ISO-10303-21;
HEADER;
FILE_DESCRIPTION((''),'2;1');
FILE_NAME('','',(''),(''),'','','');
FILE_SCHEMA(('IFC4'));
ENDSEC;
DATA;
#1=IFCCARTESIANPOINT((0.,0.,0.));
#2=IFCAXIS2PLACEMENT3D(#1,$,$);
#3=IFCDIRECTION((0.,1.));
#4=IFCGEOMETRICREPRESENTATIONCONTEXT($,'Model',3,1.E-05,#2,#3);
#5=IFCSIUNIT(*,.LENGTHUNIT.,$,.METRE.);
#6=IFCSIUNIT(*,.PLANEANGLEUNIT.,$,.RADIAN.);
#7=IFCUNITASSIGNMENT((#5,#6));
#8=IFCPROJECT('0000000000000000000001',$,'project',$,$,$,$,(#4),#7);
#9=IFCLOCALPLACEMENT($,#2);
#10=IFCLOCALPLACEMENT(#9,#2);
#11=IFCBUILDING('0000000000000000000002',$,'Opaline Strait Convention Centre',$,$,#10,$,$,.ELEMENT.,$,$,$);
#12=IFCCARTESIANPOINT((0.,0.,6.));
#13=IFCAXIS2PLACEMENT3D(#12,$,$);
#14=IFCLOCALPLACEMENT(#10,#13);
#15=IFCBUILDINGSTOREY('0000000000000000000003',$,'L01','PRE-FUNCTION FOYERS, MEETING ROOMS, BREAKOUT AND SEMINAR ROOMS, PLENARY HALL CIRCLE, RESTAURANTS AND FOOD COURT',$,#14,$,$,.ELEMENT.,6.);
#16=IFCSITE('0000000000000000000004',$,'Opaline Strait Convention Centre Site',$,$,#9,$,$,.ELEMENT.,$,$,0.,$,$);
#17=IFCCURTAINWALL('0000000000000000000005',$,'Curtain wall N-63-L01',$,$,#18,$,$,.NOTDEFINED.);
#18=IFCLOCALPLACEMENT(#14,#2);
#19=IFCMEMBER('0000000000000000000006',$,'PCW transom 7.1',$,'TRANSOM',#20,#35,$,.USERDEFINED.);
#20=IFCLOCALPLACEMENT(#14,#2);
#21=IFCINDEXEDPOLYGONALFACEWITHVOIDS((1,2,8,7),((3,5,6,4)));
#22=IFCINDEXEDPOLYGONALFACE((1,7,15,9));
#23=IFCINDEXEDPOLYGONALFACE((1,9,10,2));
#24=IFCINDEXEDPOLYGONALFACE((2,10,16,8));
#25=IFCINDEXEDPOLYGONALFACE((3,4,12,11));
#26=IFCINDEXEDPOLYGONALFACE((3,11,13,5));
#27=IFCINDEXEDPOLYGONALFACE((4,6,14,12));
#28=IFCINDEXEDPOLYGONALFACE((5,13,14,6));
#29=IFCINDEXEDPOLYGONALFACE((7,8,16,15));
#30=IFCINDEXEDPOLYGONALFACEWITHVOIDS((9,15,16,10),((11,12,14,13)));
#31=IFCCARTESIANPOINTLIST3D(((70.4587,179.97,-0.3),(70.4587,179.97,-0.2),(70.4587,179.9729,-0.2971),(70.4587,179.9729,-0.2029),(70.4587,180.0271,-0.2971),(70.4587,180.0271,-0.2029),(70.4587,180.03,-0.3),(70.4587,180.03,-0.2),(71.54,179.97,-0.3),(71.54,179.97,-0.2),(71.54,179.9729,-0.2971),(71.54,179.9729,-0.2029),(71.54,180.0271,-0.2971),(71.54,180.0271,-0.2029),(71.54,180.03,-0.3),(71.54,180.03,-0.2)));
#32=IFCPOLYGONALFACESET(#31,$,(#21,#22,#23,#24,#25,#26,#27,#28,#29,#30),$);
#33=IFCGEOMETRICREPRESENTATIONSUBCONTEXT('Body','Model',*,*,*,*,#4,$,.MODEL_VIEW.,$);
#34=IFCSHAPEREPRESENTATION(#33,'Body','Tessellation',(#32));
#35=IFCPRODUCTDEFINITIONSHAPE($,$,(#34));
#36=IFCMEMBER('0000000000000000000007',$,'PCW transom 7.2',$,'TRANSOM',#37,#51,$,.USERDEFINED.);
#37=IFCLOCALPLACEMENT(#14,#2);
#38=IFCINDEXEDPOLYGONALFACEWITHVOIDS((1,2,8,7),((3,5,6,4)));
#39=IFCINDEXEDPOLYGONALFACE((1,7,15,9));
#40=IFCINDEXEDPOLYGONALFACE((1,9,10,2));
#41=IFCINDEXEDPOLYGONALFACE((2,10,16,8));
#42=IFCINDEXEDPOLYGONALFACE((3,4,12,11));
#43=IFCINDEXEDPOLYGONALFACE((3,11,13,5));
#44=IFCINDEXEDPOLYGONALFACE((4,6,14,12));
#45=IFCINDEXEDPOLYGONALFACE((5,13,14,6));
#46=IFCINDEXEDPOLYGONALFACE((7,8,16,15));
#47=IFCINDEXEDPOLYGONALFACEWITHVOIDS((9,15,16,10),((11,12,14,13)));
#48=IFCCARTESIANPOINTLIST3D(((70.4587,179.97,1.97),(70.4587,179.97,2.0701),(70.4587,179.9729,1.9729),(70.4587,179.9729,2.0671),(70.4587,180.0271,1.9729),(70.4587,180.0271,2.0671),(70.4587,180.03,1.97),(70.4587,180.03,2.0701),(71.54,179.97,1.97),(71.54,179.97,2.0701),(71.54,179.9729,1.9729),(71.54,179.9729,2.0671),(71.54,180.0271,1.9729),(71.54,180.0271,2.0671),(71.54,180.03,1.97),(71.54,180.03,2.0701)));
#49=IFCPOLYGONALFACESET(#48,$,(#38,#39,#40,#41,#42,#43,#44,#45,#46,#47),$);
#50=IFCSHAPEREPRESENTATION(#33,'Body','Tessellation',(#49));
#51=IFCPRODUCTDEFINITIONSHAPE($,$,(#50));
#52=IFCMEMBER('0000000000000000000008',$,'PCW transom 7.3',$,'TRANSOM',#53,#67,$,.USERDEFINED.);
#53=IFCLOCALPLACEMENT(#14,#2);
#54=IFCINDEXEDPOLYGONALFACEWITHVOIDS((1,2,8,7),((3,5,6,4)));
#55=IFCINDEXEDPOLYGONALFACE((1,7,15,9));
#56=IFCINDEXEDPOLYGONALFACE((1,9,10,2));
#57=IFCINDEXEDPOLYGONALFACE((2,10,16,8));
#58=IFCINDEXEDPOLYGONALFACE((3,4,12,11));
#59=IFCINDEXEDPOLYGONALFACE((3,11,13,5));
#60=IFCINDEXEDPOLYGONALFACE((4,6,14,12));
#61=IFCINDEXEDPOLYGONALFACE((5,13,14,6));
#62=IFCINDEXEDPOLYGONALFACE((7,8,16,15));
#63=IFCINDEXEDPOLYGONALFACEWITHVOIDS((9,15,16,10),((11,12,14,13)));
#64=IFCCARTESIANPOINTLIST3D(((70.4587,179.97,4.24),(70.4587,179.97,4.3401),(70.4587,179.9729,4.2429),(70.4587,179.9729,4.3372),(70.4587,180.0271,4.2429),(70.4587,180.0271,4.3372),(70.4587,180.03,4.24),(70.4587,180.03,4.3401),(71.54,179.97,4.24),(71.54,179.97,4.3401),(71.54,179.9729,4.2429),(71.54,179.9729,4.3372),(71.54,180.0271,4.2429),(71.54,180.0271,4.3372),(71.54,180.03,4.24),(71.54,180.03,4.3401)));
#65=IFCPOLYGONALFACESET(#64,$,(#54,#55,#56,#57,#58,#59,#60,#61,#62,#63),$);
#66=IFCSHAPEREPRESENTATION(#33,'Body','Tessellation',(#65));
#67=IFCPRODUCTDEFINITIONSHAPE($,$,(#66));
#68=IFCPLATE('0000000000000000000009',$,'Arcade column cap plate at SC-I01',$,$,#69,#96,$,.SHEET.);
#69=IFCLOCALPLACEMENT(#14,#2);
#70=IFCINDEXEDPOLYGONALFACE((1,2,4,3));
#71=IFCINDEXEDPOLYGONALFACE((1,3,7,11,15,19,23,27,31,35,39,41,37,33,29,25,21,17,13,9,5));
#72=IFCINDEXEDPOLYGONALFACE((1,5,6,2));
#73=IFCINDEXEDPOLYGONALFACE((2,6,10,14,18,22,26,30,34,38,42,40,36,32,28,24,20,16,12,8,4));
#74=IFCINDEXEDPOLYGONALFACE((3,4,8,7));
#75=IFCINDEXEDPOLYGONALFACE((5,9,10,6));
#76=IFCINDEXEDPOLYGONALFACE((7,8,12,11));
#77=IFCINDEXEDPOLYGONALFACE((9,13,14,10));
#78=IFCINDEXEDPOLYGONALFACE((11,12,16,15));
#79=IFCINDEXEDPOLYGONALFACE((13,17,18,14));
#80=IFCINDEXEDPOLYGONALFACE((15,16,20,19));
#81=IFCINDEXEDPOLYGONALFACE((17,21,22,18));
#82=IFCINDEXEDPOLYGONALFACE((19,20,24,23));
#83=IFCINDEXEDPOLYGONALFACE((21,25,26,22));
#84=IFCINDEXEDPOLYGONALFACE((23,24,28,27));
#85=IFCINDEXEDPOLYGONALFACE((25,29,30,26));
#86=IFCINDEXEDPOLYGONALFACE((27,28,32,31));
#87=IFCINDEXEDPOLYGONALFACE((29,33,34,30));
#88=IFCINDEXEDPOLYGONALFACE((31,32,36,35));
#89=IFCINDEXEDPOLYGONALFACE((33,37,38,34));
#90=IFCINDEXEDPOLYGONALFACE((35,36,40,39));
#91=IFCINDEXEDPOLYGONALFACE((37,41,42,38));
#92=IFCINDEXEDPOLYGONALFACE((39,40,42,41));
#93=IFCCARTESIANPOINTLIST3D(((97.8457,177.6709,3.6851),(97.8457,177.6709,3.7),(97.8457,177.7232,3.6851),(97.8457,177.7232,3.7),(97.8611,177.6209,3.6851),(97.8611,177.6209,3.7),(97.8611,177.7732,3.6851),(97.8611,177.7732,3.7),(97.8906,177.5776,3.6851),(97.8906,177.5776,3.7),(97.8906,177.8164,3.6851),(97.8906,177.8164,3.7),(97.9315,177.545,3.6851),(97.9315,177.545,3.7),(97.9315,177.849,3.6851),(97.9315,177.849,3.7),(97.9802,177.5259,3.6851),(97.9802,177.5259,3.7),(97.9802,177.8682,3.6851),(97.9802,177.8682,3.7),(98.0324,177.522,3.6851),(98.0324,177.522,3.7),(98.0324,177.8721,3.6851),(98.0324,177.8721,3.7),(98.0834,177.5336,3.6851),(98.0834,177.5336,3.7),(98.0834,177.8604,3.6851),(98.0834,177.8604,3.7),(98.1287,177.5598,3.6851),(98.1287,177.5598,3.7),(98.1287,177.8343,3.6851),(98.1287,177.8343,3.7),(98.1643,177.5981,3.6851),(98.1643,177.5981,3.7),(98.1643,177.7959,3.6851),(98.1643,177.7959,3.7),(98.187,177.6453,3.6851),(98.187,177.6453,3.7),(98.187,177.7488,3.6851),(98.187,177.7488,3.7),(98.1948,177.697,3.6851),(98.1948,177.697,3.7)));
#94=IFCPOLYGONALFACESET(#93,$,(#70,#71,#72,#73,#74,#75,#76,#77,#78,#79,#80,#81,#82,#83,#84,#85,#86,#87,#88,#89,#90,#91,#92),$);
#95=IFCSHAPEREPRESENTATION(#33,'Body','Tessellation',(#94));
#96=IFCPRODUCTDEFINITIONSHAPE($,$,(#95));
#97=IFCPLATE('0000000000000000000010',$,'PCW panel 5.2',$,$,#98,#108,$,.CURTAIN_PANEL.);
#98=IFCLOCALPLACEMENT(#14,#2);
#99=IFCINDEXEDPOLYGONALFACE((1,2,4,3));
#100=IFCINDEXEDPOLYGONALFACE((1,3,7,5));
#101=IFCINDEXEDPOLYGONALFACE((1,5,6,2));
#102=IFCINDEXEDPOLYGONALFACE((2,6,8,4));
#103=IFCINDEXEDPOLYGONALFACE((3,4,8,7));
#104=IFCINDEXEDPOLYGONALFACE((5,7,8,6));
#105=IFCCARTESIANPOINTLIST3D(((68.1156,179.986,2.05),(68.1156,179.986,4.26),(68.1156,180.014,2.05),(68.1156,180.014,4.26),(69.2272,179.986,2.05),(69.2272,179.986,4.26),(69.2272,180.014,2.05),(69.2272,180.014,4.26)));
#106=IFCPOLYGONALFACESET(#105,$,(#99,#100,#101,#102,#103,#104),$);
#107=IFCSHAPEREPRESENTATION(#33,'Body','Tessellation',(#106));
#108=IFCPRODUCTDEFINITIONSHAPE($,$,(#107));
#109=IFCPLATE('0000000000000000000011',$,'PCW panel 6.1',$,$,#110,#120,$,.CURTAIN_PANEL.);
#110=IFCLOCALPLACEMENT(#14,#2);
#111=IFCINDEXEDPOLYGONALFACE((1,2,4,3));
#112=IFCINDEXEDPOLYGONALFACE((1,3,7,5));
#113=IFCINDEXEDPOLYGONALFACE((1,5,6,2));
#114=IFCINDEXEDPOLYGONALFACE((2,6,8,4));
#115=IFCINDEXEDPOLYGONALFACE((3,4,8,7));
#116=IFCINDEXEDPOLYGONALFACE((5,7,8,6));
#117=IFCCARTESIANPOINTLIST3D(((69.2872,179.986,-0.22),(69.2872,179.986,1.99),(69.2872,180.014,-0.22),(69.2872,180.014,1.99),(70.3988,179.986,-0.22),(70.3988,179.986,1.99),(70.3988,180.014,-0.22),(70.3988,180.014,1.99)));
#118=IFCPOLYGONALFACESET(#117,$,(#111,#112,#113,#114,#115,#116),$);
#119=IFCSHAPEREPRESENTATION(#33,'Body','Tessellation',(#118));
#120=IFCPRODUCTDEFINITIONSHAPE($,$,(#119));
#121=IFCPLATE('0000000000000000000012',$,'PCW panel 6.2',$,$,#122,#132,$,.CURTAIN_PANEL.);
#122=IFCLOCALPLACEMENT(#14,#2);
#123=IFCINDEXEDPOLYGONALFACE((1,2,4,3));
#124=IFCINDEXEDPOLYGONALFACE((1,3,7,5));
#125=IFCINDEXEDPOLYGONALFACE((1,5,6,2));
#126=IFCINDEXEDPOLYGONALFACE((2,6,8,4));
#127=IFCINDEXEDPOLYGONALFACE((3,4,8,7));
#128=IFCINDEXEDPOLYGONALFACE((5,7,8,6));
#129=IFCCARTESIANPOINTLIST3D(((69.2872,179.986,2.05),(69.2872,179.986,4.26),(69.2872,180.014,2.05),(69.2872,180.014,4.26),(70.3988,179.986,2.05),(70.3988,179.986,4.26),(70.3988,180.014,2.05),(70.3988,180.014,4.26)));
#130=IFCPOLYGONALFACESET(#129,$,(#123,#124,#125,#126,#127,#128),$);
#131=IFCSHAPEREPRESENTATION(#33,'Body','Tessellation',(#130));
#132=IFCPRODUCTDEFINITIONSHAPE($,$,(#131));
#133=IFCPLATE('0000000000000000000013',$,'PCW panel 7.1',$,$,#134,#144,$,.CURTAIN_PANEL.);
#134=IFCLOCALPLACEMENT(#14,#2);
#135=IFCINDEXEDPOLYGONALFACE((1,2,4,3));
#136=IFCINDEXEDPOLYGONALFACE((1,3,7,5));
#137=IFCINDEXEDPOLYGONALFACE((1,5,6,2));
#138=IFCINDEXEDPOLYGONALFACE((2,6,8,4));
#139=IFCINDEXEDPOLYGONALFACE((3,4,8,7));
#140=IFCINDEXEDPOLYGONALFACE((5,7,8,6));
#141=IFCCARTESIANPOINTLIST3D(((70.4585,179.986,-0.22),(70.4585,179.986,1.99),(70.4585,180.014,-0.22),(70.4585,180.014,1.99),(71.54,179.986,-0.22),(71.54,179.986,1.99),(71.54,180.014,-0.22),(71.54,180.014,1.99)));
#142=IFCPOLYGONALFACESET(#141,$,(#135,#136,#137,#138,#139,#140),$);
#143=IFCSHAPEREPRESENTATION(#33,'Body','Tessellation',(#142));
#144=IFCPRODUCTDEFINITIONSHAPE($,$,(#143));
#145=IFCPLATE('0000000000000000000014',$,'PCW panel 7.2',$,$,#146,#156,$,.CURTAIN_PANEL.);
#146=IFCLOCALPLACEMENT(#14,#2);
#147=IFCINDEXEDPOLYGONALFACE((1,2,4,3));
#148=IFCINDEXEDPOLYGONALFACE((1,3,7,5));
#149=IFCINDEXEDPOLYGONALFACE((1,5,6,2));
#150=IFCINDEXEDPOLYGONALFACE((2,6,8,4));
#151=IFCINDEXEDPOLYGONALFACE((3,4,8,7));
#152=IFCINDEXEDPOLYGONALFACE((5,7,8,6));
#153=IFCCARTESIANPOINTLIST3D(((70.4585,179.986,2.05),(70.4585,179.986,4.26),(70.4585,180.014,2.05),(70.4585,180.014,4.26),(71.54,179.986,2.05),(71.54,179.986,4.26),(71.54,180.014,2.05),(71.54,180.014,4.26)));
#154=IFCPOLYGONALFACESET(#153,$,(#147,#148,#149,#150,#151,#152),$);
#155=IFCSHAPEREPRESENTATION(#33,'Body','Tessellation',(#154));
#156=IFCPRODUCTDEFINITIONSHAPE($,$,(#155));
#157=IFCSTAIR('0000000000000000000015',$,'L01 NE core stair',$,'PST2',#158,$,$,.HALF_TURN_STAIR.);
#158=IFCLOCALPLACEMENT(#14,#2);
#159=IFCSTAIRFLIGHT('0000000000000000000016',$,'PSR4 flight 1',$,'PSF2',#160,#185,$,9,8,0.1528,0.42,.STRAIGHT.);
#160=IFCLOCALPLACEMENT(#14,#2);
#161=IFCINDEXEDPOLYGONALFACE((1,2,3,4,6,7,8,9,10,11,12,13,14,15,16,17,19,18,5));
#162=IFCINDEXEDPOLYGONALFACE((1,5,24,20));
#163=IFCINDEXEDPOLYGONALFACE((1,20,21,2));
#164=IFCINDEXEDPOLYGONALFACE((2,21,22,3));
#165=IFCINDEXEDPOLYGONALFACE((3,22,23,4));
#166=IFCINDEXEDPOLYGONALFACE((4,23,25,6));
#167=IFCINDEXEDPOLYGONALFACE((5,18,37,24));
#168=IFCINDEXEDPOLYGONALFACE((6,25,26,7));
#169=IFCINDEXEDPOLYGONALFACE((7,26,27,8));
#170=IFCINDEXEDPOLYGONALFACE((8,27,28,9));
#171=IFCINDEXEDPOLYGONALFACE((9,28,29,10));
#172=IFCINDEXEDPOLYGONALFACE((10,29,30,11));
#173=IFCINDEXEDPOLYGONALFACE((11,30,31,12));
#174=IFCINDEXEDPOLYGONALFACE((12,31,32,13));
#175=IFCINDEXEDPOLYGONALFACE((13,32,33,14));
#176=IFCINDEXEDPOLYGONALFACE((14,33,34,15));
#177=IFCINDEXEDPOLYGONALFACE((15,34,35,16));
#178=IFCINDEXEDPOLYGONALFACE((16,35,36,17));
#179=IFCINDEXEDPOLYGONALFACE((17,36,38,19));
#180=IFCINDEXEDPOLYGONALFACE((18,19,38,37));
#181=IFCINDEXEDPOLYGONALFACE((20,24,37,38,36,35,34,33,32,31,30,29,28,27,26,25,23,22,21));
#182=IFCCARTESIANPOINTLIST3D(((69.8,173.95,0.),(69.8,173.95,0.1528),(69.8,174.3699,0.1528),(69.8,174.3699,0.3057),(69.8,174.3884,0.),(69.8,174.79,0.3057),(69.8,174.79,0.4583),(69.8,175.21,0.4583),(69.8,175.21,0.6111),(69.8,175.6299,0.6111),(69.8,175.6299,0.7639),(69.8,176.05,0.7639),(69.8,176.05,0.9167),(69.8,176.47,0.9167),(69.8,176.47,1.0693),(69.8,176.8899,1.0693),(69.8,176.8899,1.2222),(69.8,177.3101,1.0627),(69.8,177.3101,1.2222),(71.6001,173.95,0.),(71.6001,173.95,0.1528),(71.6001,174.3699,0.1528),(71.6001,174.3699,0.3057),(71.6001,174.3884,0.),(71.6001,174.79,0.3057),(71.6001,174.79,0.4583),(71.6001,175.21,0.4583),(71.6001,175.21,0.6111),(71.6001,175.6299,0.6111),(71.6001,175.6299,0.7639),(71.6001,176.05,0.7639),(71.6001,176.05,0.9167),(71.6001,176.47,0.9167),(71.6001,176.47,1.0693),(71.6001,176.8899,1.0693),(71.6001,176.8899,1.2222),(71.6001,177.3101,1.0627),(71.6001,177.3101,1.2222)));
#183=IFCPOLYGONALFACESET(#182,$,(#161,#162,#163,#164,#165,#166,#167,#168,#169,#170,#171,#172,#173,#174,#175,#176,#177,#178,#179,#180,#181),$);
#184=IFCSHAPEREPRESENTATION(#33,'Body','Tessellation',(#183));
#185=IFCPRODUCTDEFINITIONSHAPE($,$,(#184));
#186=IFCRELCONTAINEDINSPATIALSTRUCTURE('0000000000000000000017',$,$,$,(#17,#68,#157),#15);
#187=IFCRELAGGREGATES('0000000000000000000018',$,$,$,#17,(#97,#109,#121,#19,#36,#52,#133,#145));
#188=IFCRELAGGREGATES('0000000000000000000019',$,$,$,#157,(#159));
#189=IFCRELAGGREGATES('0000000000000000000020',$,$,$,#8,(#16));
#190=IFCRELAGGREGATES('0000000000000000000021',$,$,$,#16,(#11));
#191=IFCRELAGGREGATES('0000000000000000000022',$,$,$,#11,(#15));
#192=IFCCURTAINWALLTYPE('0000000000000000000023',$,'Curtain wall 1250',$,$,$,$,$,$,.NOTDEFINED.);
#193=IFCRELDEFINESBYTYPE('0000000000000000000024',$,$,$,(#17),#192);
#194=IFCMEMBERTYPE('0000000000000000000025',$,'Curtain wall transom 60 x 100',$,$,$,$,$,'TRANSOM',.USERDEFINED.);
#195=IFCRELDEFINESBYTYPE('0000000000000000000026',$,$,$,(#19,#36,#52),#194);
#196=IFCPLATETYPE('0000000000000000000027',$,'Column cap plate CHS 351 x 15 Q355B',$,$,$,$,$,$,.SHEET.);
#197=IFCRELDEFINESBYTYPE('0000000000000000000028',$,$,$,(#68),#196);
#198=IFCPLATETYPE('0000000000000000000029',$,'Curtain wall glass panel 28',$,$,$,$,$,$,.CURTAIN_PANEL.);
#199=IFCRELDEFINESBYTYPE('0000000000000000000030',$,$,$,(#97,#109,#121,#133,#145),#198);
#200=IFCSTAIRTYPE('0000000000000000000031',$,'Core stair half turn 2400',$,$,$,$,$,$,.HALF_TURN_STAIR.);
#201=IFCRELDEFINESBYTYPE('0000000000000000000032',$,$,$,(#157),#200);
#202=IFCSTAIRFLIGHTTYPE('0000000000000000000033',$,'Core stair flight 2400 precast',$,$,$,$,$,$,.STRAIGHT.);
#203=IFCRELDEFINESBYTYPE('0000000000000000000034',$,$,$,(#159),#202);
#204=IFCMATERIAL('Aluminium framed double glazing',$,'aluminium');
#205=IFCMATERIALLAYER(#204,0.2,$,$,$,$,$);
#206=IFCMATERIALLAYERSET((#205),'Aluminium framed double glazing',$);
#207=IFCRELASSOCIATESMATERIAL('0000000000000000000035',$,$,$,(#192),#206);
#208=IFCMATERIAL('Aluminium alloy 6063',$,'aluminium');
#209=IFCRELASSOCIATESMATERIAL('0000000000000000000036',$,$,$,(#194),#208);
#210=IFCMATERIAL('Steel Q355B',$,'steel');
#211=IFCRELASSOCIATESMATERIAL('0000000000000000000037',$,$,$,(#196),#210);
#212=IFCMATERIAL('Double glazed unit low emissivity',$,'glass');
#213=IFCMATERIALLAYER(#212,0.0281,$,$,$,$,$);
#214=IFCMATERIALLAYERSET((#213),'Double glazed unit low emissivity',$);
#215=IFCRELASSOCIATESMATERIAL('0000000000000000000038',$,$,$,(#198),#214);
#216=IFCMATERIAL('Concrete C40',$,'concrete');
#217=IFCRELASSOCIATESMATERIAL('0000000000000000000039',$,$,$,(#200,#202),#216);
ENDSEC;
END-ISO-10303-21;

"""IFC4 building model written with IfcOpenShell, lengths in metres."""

from ifc_helpers import new_model, si_unit, direction, frame, origin, origin_2d, place, context, subcontext, project, spatial, polyline, rectangle, hollow_rectangle, circle, outline, extrude, material, layer, layer_set, material_profile, profile_set, type_object, element, aggregate, save


model = new_model("IFC4")

# Units and contexts
model_context = context("Model", 3, precision=1e-05, world=origin(), true_north=direction((0.0, 1.0)))
body_context = subcontext(model_context, "Body", "Model", "MODEL_VIEW")
ifc_project = project(units=[si_unit("LENGTHUNIT", "METRE"), si_unit("PLANEANGLEUNIT", "RADIAN")], contexts=[model_context])

# Site, building, storey
site_placement = place(None, origin())
site = spatial("IfcSite", under=ifc_project, at=site_placement, Name="Opaline Strait Convention Centre Site", CompositionType="ELEMENT", RefElevation=0.0)
building_placement = place(site_placement, origin())
building = spatial("IfcBuilding", under=site, at=building_placement, Name="Opaline Strait Convention Centre", CompositionType="ELEMENT")
storey_placement = place(building_placement, frame((0.0, 0.0, 6.0)))
storey = spatial("IfcBuildingStorey", under=building, at=storey_placement, Name="L01", Description="PRE-FUNCTION FOYERS, MEETING ROOMS, BREAKOUT AND SEMINAR ROOMS, PLENARY HALL CIRCLE, RESTAURANTS AND FOOD COURT", CompositionType="ELEMENT", Elevation=6.0)

# Shared definitions
ifc_material_1 = material(Name="Steel Q355B", Category="steel")
ifc_material_2 = material(Name="Concrete C40", Category="concrete")

# Curtain wall, members
ifc_material_3 = material(Name="Aluminium framed double glazing", Category="aluminium")
ifc_layer_1 = layer(ifc_material_3, 0.2)
ifc_layer_set_1 = layer_set([ifc_layer_1], Name="Aluminium framed double glazing")
curtain_wall_type = type_object("IfcCurtainWallType", Name="Curtain wall 1250", PredefinedType="NOTDEFINED", material=ifc_layer_set_1)
curtain_wall_placement = place(storey_placement, origin())
curtain_wall = element("IfcCurtainWall", 1, at=curtain_wall_placement, inside=storey, type_object=curtain_wall_type, Name="Curtain wall N-63-L01", PredefinedType="NOTDEFINED")
ifc_material_4 = material(Name="Aluminium alloy 6063", Category="aluminium")
ifc_material_profile_1 = material_profile(ifc_material_4, hollow_rectangle(XDim=0.0601, YDim=0.1001, WallThickness=0.0029, at=origin_2d()), Name="TRANSOM 60x100x3")
ifc_profile_set_1 = profile_set([ifc_material_profile_1], Name="Aluminium alloy 6063")
member_type_1 = type_object("IfcMemberType", Name="Curtain wall transom 60 x 100", ElementType="TRANSOM", PredefinedType="USERDEFINED", material=ifc_profile_set_1)
member_1_placement = place(storey_placement, frame((70.4587, 180.0, -0.25), z_axis=(1.0, 0.0, 0.0), x_axis=(0.0, 1.0, 0.0)))
member_1 = element("IfcMember", 2, at=member_1_placement, type_object=member_type_1, Name="PCW transom 7.1", ObjectType="TRANSOM", PredefinedType="USERDEFINED", context=body_context, shape_type="SweptSolid", body=[
    extrude(hollow_rectangle(XDim=0.0601, YDim=0.1001, WallThickness=0.0029, at=origin_2d()), origin(), (0.0, 0.0, 1.0), 1.0813),
])
member_2_placement = place(storey_placement, frame((70.4587, 180.0, 2.02), z_axis=(1.0, 0.0, 0.0), x_axis=(0.0, 1.0, 0.0)))
member_2 = element("IfcMember", 3, at=member_2_placement, type_object=member_type_1, Name="PCW transom 7.2", ObjectType="TRANSOM", PredefinedType="USERDEFINED", context=body_context, shape_type="SweptSolid", body=[
    extrude(hollow_rectangle(XDim=0.0601, YDim=0.1001, WallThickness=0.0029, at=origin_2d()), origin(), (0.0, 0.0, 1.0), 1.0813),
])
member_3_placement = place(storey_placement, frame((70.4587, 180.0, 4.29), z_axis=(1.0, 0.0, 0.0), x_axis=(0.0, 1.0, 0.0)))
member_3 = element("IfcMember", 4, at=member_3_placement, type_object=member_type_1, Name="PCW transom 7.3", ObjectType="TRANSOM", PredefinedType="USERDEFINED", context=body_context, shape_type="SweptSolid", body=[
    extrude(hollow_rectangle(XDim=0.0601, YDim=0.1001, WallThickness=0.0029, at=origin_2d()), origin(), (0.0, 0.0, 1.0), 1.0813),
])

# Plates
ifc_material_profile_2 = material_profile(ifc_material_1, circle(Radius=0.1755, at=origin_2d()), Name="D351")
ifc_profile_set_2 = profile_set([ifc_material_profile_2], Name="Steel Q355B")
plate_type_1 = type_object("IfcPlateType", Name="Column cap plate CHS 351 x 15 Q355B", PredefinedType="SHEET", material=ifc_profile_set_2)
plate_1_placement = place(storey_placement, frame((98.0193, 177.697, 3.6851), z_axis=(0.0, 0.0, 1.0), x_axis=(1.0, 0.0, 0.0)))
element("IfcPlate", 5, at=plate_1_placement, inside=storey, type_object=plate_type_1, Name="Arcade column cap plate at SC-I01", PredefinedType="SHEET", context=body_context, shape_type="SweptSolid", body=[
    extrude(circle(Radius=0.1755, at=origin_2d()), origin(), (0.0, 0.0, 1.0), 0.0149),
])
ifc_material_5 = material(Name="Double glazed unit low emissivity", Category="glass")
ifc_layer_2 = layer(ifc_material_5, 0.0281)
ifc_layer_set_2 = layer_set([ifc_layer_2], Name="Double glazed unit low emissivity")
plate_type_2 = type_object("IfcPlateType", Name="Curtain wall glass panel 28", PredefinedType="CURTAIN_PANEL", material=ifc_layer_set_2)
plate_2_placement = place(storey_placement, frame((68.6714, 180.0, 2.05), z_axis=(0.0, 0.0, 1.0), x_axis=(1.0, 0.0, 0.0)))
plate_2 = element("IfcPlate", 6, at=plate_2_placement, type_object=plate_type_2, Name="PCW panel 5.2", PredefinedType="CURTAIN_PANEL", context=body_context, shape_type="SweptSolid", body=[
    extrude(rectangle(XDim=1.1116, YDim=0.0281, at=origin_2d()), origin(), (0.0, 0.0, 1.0), 2.21),
])
plate_3_placement = place(storey_placement, frame((69.843, 180.0, -0.22), z_axis=(0.0, 0.0, 1.0), x_axis=(1.0, 0.0, 0.0)))
plate_3 = element("IfcPlate", 7, at=plate_3_placement, type_object=plate_type_2, Name="PCW panel 6.1", PredefinedType="CURTAIN_PANEL", context=body_context, shape_type="SweptSolid", body=[
    extrude(rectangle(XDim=1.1116, YDim=0.0281, at=origin_2d()), origin(), (0.0, 0.0, 1.0), 2.21),
])
plate_4_placement = place(storey_placement, frame((69.843, 180.0, 2.05), z_axis=(0.0, 0.0, 1.0), x_axis=(1.0, 0.0, 0.0)))
plate_4 = element("IfcPlate", 8, at=plate_4_placement, type_object=plate_type_2, Name="PCW panel 6.2", PredefinedType="CURTAIN_PANEL", context=body_context, shape_type="SweptSolid", body=[
    extrude(rectangle(XDim=1.1116, YDim=0.0281, at=origin_2d()), origin(), (0.0, 0.0, 1.0), 2.21),
])
plate_5_placement = place(storey_placement, frame((70.9993, 180.0, -0.22), z_axis=(0.0, 0.0, 1.0), x_axis=(1.0, 0.0, 0.0)))
plate_5 = element("IfcPlate", 9, at=plate_5_placement, type_object=plate_type_2, Name="PCW panel 7.1", PredefinedType="CURTAIN_PANEL", context=body_context, shape_type="SweptSolid", body=[
    extrude(rectangle(XDim=1.0815, YDim=0.0281, at=origin_2d()), origin(), (0.0, 0.0, 1.0), 2.21),
])
plate_6_placement = place(storey_placement, frame((70.9993, 180.0, 2.05), z_axis=(0.0, 0.0, 1.0), x_axis=(1.0, 0.0, 0.0)))
plate_6 = element("IfcPlate", 10, at=plate_6_placement, type_object=plate_type_2, Name="PCW panel 7.2", PredefinedType="CURTAIN_PANEL", context=body_context, shape_type="SweptSolid", body=[
    extrude(rectangle(XDim=1.0815, YDim=0.0281, at=origin_2d()), origin(), (0.0, 0.0, 1.0), 2.21),
])
aggregate(curtain_wall, [plate_2, plate_3, plate_4, member_1, member_2, member_3, plate_5, plate_6])

# Stair, stair flight
stair_type = type_object("IfcStairType", Name="Core stair half turn 2400", PredefinedType="HALF_TURN_STAIR", material=ifc_material_2)
stair_placement = place(storey_placement, origin())
stair = element("IfcStair", 11, at=stair_placement, inside=storey, type_object=stair_type, Name="L01 NE core stair", ObjectType="PST2", PredefinedType="HALF_TURN_STAIR")
stair_flight_type = type_object("IfcStairFlightType", Name="Core stair flight 2400 precast", PredefinedType="STRAIGHT", material=ifc_material_2)
stair_flight_1_placement = place(storey_placement, frame((70.7, 173.95, 0.0), z_axis=(0.0, 0.0, 1.0), x_axis=(0.0, 1.0, 0.0)))
stair_flight_1 = element("IfcStairFlight", 12, at=stair_flight_1_placement, type_object=stair_flight_type, Name="PSR4 flight 1", ObjectType="PSF2", NumberOfRisers=9, NumberOfTreads=8, PredefinedType="STRAIGHT", RiserHeight=0.1528, TreadLength=0.42, context=body_context, shape_type="SweptSolid", body=[
    extrude(outline(polyline([(0.0, 0.0), (0.0, 0.1528), (0.4199, 0.1528), (0.4199, 0.3057), (0.8401, 0.3057), (0.8401, 0.4583), (1.26, 0.4583), (1.26, 0.6111), (1.6799, 0.6111), (1.6799, 0.7639), (2.1001, 0.7639), (2.1001, 0.9167), (2.52, 0.9167), (2.52, 1.0693), (2.9399, 1.0693), (2.9399, 1.2222), (3.3601, 1.2222), (3.3601, 1.375), (3.3601, 1.0627), (0.4385, 0.0), (0.0, 0.0)])), frame((0.0, 0.8999, 0.0), z_axis=(0.0, -1.0, 0.0), x_axis=(1.0, 0.0, 0.0)), (0.0, 0.0, 1.0), 1.8),
])
aggregate(stair, [stair_flight_1])

save(model, "model.ifc")
